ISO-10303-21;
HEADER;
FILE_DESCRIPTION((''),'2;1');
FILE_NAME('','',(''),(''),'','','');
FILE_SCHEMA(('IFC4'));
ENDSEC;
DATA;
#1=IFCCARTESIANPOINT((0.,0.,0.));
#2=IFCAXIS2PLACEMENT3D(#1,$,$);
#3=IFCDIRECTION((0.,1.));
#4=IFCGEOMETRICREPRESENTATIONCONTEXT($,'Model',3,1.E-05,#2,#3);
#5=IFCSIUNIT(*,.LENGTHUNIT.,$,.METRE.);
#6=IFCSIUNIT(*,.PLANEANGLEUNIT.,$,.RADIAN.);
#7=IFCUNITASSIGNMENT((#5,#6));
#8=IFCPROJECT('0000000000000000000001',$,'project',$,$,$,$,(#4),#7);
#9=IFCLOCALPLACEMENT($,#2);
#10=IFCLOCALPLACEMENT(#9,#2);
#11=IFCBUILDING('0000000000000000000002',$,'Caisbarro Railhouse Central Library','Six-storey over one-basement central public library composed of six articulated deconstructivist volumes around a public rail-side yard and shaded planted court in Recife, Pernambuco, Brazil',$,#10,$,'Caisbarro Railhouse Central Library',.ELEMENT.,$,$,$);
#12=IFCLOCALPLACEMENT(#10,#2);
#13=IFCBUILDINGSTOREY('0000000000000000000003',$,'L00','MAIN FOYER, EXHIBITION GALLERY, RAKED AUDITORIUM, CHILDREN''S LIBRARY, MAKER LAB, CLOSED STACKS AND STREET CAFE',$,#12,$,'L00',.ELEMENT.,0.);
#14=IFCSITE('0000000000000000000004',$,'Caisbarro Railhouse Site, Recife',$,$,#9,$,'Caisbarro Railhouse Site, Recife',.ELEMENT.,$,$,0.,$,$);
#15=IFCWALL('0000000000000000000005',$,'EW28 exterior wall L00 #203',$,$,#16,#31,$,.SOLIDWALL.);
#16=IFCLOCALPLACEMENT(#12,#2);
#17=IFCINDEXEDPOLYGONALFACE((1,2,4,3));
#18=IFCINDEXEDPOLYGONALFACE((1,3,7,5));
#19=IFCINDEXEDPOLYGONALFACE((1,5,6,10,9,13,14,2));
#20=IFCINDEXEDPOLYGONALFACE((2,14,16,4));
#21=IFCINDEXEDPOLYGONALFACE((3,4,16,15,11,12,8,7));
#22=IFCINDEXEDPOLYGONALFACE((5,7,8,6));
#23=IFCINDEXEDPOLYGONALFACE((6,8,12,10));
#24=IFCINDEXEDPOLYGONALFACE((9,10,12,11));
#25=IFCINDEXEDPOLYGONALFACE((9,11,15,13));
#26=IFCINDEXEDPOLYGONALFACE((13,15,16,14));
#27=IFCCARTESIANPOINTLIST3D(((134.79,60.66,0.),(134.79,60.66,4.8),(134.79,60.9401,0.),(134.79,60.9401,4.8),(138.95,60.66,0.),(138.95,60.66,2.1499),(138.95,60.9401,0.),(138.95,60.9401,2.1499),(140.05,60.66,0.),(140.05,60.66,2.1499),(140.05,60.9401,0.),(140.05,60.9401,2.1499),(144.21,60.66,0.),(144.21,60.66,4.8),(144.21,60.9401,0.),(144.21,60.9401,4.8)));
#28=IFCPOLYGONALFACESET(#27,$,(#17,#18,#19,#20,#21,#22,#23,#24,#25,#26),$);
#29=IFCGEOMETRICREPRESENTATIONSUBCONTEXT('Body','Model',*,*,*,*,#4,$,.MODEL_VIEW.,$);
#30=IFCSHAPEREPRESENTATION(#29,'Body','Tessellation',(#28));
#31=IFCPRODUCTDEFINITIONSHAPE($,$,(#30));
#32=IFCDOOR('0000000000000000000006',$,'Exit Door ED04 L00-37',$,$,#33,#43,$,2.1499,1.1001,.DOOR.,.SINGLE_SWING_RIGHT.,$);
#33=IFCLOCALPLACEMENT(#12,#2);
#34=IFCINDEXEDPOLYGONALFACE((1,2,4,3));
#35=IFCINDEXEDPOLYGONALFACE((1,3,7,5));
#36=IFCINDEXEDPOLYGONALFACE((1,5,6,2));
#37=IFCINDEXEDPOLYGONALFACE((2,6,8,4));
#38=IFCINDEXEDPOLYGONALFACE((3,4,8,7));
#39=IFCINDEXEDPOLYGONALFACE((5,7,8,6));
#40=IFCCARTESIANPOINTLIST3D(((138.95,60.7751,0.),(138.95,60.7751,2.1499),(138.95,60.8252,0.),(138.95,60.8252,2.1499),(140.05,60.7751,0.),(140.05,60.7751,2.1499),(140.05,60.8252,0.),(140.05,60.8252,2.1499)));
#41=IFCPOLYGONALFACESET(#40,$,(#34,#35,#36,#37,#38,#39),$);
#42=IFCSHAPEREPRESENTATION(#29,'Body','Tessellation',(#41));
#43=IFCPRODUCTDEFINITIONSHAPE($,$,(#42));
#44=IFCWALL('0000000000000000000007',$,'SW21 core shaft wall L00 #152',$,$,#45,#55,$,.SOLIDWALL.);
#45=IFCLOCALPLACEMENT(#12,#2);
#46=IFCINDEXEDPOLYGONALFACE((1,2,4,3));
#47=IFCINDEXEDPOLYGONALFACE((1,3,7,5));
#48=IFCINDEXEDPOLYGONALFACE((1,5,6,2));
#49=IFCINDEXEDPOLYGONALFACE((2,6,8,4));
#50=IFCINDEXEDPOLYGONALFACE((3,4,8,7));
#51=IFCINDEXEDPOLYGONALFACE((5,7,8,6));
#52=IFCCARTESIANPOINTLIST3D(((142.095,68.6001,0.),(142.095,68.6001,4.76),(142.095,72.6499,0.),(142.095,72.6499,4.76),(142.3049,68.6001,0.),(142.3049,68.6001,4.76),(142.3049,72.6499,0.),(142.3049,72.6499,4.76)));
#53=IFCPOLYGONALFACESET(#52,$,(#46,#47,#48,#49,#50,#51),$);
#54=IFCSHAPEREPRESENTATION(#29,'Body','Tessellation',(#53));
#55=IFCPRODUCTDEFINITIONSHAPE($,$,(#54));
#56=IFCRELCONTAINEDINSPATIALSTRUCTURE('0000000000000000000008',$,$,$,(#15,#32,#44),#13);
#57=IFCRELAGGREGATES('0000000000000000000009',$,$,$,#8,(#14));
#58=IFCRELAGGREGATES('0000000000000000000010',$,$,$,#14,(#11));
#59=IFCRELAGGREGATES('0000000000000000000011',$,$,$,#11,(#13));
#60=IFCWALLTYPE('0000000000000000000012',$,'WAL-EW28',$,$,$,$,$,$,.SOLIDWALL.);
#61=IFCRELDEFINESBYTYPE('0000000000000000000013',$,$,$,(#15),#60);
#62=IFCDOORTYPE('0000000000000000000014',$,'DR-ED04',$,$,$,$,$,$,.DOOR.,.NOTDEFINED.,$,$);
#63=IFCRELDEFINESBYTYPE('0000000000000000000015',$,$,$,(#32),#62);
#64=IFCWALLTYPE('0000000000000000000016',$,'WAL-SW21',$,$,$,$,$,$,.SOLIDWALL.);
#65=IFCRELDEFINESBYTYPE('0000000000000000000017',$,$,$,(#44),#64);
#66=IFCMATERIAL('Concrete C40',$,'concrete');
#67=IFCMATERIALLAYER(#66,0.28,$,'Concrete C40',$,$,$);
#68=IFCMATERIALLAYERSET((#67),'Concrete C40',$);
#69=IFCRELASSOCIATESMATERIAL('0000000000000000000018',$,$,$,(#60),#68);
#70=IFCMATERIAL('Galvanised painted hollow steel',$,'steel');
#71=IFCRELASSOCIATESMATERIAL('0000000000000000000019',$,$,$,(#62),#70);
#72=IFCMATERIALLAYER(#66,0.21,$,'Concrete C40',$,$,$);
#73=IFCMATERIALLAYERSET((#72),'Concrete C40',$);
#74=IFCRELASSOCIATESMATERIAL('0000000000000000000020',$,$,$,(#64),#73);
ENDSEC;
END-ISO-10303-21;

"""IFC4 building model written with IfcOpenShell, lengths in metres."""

from ifc_helpers import new_model, si_unit, direction, frame, frame_2d, origin, place, context, subcontext, project, spatial, rectangle, extrude, material, layer, layer_set, type_object, element, fill, save


model = new_model("IFC4")

# Units and contexts
model_context = context("Model", 3, precision=1e-05, world=origin(), true_north=direction((0.0, 1.0)))
body_context = subcontext(model_context, "Body", "Model", "MODEL_VIEW")
ifc_project = project(units=[si_unit("LENGTHUNIT", "METRE"), si_unit("PLANEANGLEUNIT", "RADIAN")], contexts=[model_context])

# Site, building, storey
site_placement = place(None, origin())
site = spatial("IfcSite", under=ifc_project, at=site_placement, Name="Caisbarro Railhouse Site, Recife", LongName="Caisbarro Railhouse Site, Recife", CompositionType="ELEMENT", RefElevation=0.0)
building_placement = place(site_placement, origin())
building = spatial("IfcBuilding", under=site, at=building_placement, Name="Caisbarro Railhouse Central Library", Description="Six-storey over one-basement central public library composed of six articulated deconstructivist volumes around a public rail-side yard and shaded planted court in Recife, Pernambuco, Brazil", LongName="Caisbarro Railhouse Central Library", CompositionType="ELEMENT")
storey_placement = place(building_placement, origin())
storey = spatial("IfcBuildingStorey", under=building, at=storey_placement, Name="L00", Description="MAIN FOYER, EXHIBITION GALLERY, RAKED AUDITORIUM, CHILDREN'S LIBRARY, MAKER LAB, CLOSED STACKS AND STREET CAFE", LongName="L00", CompositionType="ELEMENT", Elevation=0.0)

# Shared definitions
ifc_material_1 = material(Name="Concrete C40", Category="concrete")

# Wall, opening, door
ifc_layer_1 = layer(ifc_material_1, 0.28, Name="Concrete C40")
ifc_layer_set_1 = layer_set([ifc_layer_1], Name="Concrete C40")
wall_type_1 = type_object("IfcWallType", Name="WAL-EW28", PredefinedType="SOLIDWALL", material=ifc_layer_set_1)
wall_1_placement = place(storey_placement, frame((134.79, 60.8, 0.0), z_axis=(0.0, 0.0, 1.0), x_axis=(1.0, 0.0, 0.0)))
wall_1 = element("IfcWall", 1, at=wall_1_placement, inside=storey, type_object=wall_type_1, Name="EW28 exterior wall L00 #203", PredefinedType="SOLIDWALL", context=body_context, shape_type="SweptSolid", body=[
    extrude(rectangle(XDim=9.4199, YDim=0.28, at=frame_2d((4.71, 0.0))), origin(), (0.0, 0.0, 1.0), 4.8),
])
opening_1_placement = place(wall_1_placement, frame((4.1599, 0.0, 0.0)))
opening_1 = element("IfcOpeningElement", 2, at=opening_1_placement, cuts=wall_1, PredefinedType="OPENING", context=body_context, shape_type="SweptSolid", body=[
    extrude(rectangle(XDim=1.1001, YDim=2.1499, at=frame_2d((0.55, 1.075))), frame((0.0, 0.1499, 0.0), z_axis=(0.0, -1.0, 0.0), x_axis=(1.0, 0.0, 0.0)), (0.0, 0.0, 1.0), 0.3),
])
ifc_material_2 = material(Name="Galvanised painted hollow steel", Category="steel")
door_type_1 = type_object("IfcDoorType", Name="DR-ED04", OperationType="NOTDEFINED", PredefinedType="DOOR", material=ifc_material_2)
door_1_placement = place(opening_1_placement, frame((1.1001, 0.0, 0.0), z_axis=(0.0, 0.0, 1.0), x_axis=(-1.0, 0.0, 0.0)))
door_1 = element("IfcDoor", 3, at=door_1_placement, inside=storey, type_object=door_type_1, Name="Exit Door ED04 L00-37", OperationType="SINGLE_SWING_RIGHT", OverallHeight=2.1499, OverallWidth=1.1001, PredefinedType="DOOR", context=body_context, shape_type="SweptSolid", body=[
    extrude(rectangle(XDim=1.1001, YDim=2.1499, at=frame_2d((0.55, 1.075))), frame((0.0, 0.0249, 0.0), z_axis=(0.0, -1.0, 0.0), x_axis=(1.0, 0.0, 0.0)), (0.0, 0.0, 1.0), 0.05),
])
fill(opening_1, door_1)

# Wall
ifc_layer_2 = layer(ifc_material_1, 0.21, Name="Concrete C40")
ifc_layer_set_2 = layer_set([ifc_layer_2], Name="Concrete C40")
wall_type_2 = type_object("IfcWallType", Name="WAL-SW21", PredefinedType="SOLIDWALL", material=ifc_layer_set_2)
wall_2_placement = place(storey_placement, frame((142.2, 68.6001, 0.0), z_axis=(0.0, 0.0, 1.0), x_axis=(0.0, 1.0, 0.0)))
element("IfcWall", 4, at=wall_2_placement, inside=storey, type_object=wall_type_2, Name="SW21 core shaft wall L00 #152", PredefinedType="SOLIDWALL", context=body_context, shape_type="SweptSolid", body=[
    extrude(rectangle(XDim=4.0498, YDim=0.21, at=frame_2d((2.0249, 0.0))), origin(), (0.0, 0.0, 1.0), 4.76),
])

save(model, "model.ifc")
